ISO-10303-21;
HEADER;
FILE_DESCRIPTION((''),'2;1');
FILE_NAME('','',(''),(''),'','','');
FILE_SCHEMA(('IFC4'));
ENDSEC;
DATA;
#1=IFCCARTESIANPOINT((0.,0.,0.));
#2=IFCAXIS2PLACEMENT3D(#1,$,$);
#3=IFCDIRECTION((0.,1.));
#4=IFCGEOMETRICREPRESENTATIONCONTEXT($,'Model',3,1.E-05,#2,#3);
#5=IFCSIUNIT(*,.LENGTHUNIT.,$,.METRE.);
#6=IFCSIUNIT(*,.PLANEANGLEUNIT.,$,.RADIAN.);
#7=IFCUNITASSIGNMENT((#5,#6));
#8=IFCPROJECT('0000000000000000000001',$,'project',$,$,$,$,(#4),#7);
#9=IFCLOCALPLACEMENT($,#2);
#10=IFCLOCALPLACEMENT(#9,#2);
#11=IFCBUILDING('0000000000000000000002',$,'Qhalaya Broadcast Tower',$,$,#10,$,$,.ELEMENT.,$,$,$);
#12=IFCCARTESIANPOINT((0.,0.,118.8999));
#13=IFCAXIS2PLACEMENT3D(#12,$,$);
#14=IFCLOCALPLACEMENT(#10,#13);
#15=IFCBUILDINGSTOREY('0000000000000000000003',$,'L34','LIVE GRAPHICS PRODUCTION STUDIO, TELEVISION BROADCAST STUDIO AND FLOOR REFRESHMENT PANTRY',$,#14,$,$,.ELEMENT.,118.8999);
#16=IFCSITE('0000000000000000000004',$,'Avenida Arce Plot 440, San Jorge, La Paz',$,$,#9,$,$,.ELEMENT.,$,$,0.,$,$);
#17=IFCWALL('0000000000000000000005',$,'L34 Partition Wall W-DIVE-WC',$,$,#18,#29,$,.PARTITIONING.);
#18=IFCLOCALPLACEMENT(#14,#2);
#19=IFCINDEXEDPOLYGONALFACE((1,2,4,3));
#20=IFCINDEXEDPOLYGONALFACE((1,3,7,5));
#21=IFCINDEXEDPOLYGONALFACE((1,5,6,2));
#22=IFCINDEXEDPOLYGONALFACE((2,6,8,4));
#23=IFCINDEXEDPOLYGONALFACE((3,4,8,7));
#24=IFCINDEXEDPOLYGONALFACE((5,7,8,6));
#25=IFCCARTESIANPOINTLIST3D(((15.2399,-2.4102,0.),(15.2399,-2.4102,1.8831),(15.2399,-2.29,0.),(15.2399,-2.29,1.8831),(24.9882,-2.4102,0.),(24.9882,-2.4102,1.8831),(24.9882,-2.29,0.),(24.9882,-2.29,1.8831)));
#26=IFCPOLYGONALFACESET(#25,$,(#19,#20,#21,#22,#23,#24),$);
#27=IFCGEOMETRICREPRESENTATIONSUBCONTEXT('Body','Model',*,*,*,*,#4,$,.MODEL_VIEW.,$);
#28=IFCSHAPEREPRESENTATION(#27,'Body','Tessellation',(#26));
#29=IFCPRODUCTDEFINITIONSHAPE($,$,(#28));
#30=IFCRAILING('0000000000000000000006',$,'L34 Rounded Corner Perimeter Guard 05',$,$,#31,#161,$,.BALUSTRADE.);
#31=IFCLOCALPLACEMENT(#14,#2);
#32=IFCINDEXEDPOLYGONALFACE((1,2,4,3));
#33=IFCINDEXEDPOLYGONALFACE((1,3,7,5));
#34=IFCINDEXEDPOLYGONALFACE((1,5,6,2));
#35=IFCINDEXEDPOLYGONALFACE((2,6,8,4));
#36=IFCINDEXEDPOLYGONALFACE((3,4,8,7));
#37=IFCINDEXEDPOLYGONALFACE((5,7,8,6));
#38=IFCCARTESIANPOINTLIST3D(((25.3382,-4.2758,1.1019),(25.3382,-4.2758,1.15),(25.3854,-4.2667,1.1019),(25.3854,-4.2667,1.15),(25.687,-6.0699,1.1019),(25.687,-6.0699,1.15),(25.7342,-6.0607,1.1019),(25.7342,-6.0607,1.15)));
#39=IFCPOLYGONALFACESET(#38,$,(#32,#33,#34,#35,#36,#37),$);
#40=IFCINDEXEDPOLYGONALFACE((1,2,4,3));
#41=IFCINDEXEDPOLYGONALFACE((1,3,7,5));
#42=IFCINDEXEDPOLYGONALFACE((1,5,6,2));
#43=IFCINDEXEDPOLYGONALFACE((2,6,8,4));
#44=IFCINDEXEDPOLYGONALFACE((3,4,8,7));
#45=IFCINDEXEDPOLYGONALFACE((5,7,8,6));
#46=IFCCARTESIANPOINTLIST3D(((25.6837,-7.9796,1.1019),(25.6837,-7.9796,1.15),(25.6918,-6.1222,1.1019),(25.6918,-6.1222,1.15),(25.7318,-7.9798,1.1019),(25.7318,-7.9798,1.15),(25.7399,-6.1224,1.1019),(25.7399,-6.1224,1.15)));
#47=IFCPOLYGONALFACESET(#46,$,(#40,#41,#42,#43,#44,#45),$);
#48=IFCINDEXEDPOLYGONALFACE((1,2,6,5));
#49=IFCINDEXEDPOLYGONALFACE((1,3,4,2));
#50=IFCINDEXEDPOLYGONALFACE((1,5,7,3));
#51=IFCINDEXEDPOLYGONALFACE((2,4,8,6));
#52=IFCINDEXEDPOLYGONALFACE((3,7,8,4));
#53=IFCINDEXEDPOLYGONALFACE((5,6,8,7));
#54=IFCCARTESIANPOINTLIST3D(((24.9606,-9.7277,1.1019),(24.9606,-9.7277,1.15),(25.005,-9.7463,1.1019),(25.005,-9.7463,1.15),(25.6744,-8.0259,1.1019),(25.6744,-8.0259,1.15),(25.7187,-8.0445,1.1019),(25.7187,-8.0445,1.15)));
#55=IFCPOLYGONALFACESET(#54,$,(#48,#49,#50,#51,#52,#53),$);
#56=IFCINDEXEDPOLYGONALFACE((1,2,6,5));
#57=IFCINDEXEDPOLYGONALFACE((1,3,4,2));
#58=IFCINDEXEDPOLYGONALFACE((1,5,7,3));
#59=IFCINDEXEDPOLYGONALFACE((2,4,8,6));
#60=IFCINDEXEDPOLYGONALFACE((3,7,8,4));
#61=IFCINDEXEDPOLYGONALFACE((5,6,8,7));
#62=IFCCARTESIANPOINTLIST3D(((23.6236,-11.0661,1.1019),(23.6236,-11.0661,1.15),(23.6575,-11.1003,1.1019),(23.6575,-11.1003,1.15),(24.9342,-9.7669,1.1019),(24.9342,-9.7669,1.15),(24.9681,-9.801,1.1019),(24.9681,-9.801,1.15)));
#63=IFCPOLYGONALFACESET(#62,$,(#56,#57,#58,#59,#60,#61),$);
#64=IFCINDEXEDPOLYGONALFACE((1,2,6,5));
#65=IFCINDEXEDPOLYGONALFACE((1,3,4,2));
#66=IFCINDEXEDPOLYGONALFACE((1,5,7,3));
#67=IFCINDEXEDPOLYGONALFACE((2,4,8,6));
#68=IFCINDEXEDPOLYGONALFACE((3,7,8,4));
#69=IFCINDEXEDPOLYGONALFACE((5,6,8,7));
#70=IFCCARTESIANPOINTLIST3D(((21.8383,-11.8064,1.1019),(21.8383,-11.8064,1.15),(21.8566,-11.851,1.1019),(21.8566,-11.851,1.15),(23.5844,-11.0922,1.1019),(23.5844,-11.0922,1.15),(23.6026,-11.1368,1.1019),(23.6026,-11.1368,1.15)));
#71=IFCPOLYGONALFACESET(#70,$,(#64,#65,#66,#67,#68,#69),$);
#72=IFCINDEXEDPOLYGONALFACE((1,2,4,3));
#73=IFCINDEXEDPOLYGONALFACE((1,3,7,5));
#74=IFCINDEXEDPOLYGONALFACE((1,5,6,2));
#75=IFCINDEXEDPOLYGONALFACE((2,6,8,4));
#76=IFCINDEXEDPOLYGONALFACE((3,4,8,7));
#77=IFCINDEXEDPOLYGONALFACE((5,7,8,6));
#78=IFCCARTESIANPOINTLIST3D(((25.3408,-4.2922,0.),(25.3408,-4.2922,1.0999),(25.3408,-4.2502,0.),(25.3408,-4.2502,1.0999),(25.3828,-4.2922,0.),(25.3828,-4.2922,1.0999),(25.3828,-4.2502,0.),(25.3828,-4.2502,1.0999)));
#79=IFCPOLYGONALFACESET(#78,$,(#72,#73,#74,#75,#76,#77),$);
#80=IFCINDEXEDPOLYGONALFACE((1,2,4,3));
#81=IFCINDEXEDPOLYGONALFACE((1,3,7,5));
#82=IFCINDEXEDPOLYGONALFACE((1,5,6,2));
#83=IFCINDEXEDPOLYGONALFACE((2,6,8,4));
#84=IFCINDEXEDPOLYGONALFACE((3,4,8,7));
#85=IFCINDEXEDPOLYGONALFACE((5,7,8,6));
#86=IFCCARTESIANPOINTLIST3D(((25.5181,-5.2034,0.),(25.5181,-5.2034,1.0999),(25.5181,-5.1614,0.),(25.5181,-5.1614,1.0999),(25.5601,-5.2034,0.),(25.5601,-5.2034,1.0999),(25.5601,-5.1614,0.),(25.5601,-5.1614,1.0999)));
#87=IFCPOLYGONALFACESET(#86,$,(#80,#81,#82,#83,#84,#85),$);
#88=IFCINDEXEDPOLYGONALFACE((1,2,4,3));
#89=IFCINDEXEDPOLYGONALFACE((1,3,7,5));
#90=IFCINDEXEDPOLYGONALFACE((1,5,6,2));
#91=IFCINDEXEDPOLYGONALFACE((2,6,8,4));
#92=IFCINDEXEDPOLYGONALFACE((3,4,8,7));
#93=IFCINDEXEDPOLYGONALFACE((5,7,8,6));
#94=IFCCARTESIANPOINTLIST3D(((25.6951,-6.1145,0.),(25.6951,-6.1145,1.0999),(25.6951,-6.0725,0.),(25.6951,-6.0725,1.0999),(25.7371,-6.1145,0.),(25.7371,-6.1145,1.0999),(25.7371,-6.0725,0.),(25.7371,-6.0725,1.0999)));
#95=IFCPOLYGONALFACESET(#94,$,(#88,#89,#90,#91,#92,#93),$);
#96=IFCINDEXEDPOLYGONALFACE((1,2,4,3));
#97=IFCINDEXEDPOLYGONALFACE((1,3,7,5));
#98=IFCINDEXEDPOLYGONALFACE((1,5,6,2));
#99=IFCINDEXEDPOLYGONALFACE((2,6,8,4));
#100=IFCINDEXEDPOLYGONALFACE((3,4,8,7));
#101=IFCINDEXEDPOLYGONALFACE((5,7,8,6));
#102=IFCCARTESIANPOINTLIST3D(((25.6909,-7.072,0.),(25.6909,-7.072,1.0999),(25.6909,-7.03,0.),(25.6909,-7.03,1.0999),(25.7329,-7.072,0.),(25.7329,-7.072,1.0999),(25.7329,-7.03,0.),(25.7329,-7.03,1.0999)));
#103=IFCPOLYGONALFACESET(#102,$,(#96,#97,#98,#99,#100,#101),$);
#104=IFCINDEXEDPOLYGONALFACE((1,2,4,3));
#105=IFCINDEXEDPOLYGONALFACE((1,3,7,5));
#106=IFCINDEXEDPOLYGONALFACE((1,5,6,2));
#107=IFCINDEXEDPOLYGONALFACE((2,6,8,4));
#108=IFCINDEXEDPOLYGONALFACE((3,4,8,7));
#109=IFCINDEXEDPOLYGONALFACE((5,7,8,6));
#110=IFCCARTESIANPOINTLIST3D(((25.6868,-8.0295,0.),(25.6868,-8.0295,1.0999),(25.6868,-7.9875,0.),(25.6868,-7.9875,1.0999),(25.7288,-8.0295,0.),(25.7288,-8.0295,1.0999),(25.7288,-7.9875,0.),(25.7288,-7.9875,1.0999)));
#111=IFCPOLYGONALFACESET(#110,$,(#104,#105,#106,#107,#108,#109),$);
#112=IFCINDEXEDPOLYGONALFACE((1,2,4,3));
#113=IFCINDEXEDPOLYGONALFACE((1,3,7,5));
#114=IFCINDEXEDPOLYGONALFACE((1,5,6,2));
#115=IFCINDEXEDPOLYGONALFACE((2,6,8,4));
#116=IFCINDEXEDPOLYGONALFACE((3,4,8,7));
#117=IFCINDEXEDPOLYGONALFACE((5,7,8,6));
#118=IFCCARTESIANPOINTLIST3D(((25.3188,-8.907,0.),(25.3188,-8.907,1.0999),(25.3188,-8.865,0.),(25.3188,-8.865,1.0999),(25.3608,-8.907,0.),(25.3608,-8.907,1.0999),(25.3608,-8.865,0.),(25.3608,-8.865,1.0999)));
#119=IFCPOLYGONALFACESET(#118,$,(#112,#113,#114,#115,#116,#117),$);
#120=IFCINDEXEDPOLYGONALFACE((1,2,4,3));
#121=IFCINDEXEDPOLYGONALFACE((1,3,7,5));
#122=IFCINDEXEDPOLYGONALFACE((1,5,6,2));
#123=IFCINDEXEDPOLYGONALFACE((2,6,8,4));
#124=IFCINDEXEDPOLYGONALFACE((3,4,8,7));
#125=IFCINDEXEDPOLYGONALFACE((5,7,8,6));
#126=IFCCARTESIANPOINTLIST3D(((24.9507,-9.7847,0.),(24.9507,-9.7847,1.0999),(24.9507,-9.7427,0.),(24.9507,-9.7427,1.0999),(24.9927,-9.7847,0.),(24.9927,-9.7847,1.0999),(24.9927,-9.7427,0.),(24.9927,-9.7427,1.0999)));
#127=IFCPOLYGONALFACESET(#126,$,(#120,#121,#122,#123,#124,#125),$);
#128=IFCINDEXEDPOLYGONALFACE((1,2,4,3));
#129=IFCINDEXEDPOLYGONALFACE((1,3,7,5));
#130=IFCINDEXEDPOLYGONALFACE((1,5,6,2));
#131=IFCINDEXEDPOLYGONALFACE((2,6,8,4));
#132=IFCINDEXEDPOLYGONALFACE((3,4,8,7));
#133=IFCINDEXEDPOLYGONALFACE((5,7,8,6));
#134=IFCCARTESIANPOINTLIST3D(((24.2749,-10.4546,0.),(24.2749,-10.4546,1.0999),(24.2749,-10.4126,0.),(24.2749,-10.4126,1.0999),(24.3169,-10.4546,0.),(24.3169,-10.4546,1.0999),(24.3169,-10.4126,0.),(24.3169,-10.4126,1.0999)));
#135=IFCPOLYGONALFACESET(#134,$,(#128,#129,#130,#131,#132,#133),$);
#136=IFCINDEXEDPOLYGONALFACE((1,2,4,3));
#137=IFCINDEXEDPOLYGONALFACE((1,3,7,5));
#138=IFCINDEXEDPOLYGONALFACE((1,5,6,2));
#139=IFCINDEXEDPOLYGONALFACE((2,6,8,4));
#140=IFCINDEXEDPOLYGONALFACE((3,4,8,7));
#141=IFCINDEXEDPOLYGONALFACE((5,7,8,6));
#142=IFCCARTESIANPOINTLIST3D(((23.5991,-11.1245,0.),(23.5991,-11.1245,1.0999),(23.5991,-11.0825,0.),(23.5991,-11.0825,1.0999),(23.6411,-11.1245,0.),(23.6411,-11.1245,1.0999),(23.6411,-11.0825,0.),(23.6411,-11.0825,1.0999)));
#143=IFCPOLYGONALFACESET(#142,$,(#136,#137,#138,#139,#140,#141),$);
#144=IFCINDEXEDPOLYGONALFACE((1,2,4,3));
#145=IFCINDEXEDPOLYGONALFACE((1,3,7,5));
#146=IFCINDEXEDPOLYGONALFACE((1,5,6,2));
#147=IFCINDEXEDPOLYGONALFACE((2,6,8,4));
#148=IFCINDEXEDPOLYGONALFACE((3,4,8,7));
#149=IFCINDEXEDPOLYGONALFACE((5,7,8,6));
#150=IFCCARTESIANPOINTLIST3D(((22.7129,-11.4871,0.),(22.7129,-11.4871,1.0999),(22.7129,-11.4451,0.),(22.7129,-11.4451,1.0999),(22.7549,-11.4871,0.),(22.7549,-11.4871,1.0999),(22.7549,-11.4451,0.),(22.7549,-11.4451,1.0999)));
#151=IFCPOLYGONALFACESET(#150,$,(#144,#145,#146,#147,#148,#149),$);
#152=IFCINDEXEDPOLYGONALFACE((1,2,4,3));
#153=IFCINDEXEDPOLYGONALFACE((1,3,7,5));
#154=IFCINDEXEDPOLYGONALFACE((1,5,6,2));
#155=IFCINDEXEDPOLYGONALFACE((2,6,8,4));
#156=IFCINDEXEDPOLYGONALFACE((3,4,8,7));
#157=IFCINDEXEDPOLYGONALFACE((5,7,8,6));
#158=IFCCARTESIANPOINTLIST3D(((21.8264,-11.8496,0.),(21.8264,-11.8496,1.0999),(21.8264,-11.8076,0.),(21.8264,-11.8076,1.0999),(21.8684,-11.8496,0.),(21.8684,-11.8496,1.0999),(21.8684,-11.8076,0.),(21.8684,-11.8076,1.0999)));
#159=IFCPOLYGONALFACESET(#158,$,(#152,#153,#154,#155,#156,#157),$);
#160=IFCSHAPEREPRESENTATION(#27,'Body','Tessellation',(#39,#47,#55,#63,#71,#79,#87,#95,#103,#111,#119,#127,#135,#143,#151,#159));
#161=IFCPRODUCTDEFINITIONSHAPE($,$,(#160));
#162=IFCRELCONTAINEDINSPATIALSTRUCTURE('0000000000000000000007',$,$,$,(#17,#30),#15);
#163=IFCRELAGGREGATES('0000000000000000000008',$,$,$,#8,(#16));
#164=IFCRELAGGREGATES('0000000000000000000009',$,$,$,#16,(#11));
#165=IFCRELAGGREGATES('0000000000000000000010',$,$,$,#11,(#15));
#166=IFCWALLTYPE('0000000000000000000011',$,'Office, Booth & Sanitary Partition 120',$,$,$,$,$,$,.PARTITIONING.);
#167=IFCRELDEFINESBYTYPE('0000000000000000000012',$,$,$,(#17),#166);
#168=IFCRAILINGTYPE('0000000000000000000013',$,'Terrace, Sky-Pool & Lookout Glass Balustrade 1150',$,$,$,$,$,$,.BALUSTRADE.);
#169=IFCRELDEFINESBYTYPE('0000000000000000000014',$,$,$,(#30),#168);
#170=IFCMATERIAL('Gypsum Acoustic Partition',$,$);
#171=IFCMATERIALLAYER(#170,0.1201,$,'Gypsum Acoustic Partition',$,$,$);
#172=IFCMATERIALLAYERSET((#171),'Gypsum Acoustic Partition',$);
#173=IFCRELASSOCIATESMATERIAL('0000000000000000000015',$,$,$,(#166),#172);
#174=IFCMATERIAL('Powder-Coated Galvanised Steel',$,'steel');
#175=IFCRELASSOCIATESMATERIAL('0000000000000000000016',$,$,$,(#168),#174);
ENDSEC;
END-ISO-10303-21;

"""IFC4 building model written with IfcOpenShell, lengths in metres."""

from ifc_helpers import new_model, si_unit, direction, frame, frame_2d, origin, origin_2d, place, context, subcontext, project, spatial, rectangle, extrude, material, layer, layer_set, type_object, element, save


model = new_model("IFC4")

# Units and contexts
model_context = context("Model", 3, precision=1e-05, world=origin(), true_north=direction((0.0, 1.0)))
body_context = subcontext(model_context, "Body", "Model", "MODEL_VIEW")
ifc_project = project(units=[si_unit("LENGTHUNIT", "METRE"), si_unit("PLANEANGLEUNIT", "RADIAN")], contexts=[model_context])

# Site, building, storey
site_placement = place(None, origin())
site = spatial("IfcSite", under=ifc_project, at=site_placement, Name="Avenida Arce Plot 440, San Jorge, La Paz", CompositionType="ELEMENT", RefElevation=0.0)
building_placement = place(site_placement, origin())
building = spatial("IfcBuilding", under=site, at=building_placement, Name="Qhalaya Broadcast Tower", CompositionType="ELEMENT")
storey_placement = place(building_placement, frame((0.0, 0.0, 118.8999)))
storey = spatial("IfcBuildingStorey", under=building, at=storey_placement, Name="L34", Description="LIVE GRAPHICS PRODUCTION STUDIO, TELEVISION BROADCAST STUDIO AND FLOOR REFRESHMENT PANTRY", CompositionType="ELEMENT", Elevation=118.8999)

# Shared definitions
ifc_material_1 = material(Name="Gypsum Acoustic Partition")
ifc_layer_1 = layer(ifc_material_1, 0.1201, Name="Gypsum Acoustic Partition")
ifc_layer_set_1 = layer_set([ifc_layer_1], Name="Gypsum Acoustic Partition")
wall_type_1 = type_object("IfcWallType", Name="Office, Booth & Sanitary Partition 120", PredefinedType="PARTITIONING", material=ifc_layer_set_1)

# Wall
wall_1_placement = place(storey_placement, frame((15.24, -2.3501, 0.0), z_axis=(0.0, 0.0, 1.0), x_axis=(1.0, 0.0, 0.0)))
element("IfcWall", 1, at=wall_1_placement, inside=storey, type_object=wall_type_1, Name="L34 Partition Wall W-DIVE-WC", PredefinedType="PARTITIONING", context=body_context, shape_type="SweptSolid", body=[
    extrude(rectangle(XDim=9.7483, YDim=0.1201, at=frame_2d((4.874, 0.0))), origin(), (0.0, 0.0, 1.0), 1.8831),
])

# Railing
ifc_material_2 = material(Name="Powder-Coated Galvanised Steel", Category="steel")
railing_type = type_object("IfcRailingType", Name="Terrace, Sky-Pool & Lookout Glass Balustrade 1150", PredefinedType="BALUSTRADE", material=ifc_material_2)
railing_placement = place(storey_placement, frame((25.3618, -4.2712, 0.0)))
element("IfcRailing", 2, at=railing_placement, inside=storey, type_object=railing_type, Name="L34 Rounded Corner Perimeter Guard 05", PredefinedType="BALUSTRADE", context=body_context, shape_type="SweptSolid", body=[
    extrude(rectangle(XDim=0.0481, YDim=0.0481, at=origin_2d()), frame((0.0, 0.0, 1.126), z_axis=(0.190827, -0.981624, 0.0), x_axis=(0.981624, 0.190827, 0.0)), (0.0, 0.0, 1.0), 1.8276),
    extrude(rectangle(XDim=0.0481, YDim=0.0481, at=origin_2d()), frame((0.354, -1.8511, 1.126), z_axis=(-0.004334, -0.999991, 0.0), x_axis=(0.999991, -0.004334, 0.0)), (0.0, 0.0, 1.0), 1.8574),
    extrude(rectangle(XDim=0.0481, YDim=0.0481, at=origin_2d()), frame((0.3347, -3.7639, 1.126), z_axis=(-0.386755, -0.922183, 0.0), x_axis=(0.922183, -0.386755, 0.0)), (0.0, 0.0, 1.0), 1.8455),
    extrude(rectangle(XDim=0.0481, YDim=0.0481, at=origin_2d()), frame((-0.4106, -5.5127, 1.126), z_axis=(-0.710179, -0.704021, 0.0), x_axis=(0.704021, -0.710179, 0.0)), (0.0, 0.0, 1.0), 1.8455),
    extrude(rectangle(XDim=0.0481, YDim=0.0481, at=origin_2d()), frame((-1.7683, -6.8433, 1.126), z_axis=(-0.925565, -0.378588, 0.0), x_axis=(0.378588, -0.925565, 0.0)), (0.0, 0.0, 1.0), 1.8865),
    extrude(rectangle(XDim=0.042, YDim=0.042, at=origin_2d()), origin(), (0.0, 0.0, 1.0), 1.0999),
    extrude(rectangle(XDim=0.042, YDim=0.042, at=origin_2d()), frame((0.1772, -0.9111, 0.0)), (0.0, 0.0, 1.0), 1.0999),
    extrude(rectangle(XDim=0.042, YDim=0.042, at=origin_2d()), frame((0.3542, -1.8223, 0.0)), (0.0, 0.0, 1.0), 1.0999),
    extrude(rectangle(XDim=0.042, YDim=0.042, at=origin_2d()), frame((0.3501, -2.7798, 0.0)), (0.0, 0.0, 1.0), 1.0999),
    extrude(rectangle(XDim=0.042, YDim=0.042, at=origin_2d()), frame((0.3459, -3.7373, 0.0)), (0.0, 0.0, 1.0), 1.0999),
    extrude(rectangle(XDim=0.042, YDim=0.042, at=origin_2d()), frame((-0.022, -4.6147, 0.0)), (0.0, 0.0, 1.0), 1.0999),
    extrude(rectangle(XDim=0.042, YDim=0.042, at=origin_2d()), frame((-0.3901, -5.4924, 0.0)), (0.0, 0.0, 1.0), 1.0999),
    extrude(rectangle(XDim=0.042, YDim=0.042, at=origin_2d()), frame((-1.0659, -6.1624, 0.0)), (0.0, 0.0, 1.0), 1.0999),
    extrude(rectangle(XDim=0.042, YDim=0.042, at=origin_2d()), frame((-1.7417, -6.8323, 0.0)), (0.0, 0.0, 1.0), 1.0999),
    extrude(rectangle(XDim=0.042, YDim=0.042, at=origin_2d()), frame((-2.6279, -7.1948, 0.0)), (0.0, 0.0, 1.0), 1.0999),
    extrude(rectangle(XDim=0.042, YDim=0.042, at=origin_2d()), frame((-3.5144, -7.5574, 0.0)), (0.0, 0.0, 1.0), 1.0999),
])

save(model, "model.ifc")
